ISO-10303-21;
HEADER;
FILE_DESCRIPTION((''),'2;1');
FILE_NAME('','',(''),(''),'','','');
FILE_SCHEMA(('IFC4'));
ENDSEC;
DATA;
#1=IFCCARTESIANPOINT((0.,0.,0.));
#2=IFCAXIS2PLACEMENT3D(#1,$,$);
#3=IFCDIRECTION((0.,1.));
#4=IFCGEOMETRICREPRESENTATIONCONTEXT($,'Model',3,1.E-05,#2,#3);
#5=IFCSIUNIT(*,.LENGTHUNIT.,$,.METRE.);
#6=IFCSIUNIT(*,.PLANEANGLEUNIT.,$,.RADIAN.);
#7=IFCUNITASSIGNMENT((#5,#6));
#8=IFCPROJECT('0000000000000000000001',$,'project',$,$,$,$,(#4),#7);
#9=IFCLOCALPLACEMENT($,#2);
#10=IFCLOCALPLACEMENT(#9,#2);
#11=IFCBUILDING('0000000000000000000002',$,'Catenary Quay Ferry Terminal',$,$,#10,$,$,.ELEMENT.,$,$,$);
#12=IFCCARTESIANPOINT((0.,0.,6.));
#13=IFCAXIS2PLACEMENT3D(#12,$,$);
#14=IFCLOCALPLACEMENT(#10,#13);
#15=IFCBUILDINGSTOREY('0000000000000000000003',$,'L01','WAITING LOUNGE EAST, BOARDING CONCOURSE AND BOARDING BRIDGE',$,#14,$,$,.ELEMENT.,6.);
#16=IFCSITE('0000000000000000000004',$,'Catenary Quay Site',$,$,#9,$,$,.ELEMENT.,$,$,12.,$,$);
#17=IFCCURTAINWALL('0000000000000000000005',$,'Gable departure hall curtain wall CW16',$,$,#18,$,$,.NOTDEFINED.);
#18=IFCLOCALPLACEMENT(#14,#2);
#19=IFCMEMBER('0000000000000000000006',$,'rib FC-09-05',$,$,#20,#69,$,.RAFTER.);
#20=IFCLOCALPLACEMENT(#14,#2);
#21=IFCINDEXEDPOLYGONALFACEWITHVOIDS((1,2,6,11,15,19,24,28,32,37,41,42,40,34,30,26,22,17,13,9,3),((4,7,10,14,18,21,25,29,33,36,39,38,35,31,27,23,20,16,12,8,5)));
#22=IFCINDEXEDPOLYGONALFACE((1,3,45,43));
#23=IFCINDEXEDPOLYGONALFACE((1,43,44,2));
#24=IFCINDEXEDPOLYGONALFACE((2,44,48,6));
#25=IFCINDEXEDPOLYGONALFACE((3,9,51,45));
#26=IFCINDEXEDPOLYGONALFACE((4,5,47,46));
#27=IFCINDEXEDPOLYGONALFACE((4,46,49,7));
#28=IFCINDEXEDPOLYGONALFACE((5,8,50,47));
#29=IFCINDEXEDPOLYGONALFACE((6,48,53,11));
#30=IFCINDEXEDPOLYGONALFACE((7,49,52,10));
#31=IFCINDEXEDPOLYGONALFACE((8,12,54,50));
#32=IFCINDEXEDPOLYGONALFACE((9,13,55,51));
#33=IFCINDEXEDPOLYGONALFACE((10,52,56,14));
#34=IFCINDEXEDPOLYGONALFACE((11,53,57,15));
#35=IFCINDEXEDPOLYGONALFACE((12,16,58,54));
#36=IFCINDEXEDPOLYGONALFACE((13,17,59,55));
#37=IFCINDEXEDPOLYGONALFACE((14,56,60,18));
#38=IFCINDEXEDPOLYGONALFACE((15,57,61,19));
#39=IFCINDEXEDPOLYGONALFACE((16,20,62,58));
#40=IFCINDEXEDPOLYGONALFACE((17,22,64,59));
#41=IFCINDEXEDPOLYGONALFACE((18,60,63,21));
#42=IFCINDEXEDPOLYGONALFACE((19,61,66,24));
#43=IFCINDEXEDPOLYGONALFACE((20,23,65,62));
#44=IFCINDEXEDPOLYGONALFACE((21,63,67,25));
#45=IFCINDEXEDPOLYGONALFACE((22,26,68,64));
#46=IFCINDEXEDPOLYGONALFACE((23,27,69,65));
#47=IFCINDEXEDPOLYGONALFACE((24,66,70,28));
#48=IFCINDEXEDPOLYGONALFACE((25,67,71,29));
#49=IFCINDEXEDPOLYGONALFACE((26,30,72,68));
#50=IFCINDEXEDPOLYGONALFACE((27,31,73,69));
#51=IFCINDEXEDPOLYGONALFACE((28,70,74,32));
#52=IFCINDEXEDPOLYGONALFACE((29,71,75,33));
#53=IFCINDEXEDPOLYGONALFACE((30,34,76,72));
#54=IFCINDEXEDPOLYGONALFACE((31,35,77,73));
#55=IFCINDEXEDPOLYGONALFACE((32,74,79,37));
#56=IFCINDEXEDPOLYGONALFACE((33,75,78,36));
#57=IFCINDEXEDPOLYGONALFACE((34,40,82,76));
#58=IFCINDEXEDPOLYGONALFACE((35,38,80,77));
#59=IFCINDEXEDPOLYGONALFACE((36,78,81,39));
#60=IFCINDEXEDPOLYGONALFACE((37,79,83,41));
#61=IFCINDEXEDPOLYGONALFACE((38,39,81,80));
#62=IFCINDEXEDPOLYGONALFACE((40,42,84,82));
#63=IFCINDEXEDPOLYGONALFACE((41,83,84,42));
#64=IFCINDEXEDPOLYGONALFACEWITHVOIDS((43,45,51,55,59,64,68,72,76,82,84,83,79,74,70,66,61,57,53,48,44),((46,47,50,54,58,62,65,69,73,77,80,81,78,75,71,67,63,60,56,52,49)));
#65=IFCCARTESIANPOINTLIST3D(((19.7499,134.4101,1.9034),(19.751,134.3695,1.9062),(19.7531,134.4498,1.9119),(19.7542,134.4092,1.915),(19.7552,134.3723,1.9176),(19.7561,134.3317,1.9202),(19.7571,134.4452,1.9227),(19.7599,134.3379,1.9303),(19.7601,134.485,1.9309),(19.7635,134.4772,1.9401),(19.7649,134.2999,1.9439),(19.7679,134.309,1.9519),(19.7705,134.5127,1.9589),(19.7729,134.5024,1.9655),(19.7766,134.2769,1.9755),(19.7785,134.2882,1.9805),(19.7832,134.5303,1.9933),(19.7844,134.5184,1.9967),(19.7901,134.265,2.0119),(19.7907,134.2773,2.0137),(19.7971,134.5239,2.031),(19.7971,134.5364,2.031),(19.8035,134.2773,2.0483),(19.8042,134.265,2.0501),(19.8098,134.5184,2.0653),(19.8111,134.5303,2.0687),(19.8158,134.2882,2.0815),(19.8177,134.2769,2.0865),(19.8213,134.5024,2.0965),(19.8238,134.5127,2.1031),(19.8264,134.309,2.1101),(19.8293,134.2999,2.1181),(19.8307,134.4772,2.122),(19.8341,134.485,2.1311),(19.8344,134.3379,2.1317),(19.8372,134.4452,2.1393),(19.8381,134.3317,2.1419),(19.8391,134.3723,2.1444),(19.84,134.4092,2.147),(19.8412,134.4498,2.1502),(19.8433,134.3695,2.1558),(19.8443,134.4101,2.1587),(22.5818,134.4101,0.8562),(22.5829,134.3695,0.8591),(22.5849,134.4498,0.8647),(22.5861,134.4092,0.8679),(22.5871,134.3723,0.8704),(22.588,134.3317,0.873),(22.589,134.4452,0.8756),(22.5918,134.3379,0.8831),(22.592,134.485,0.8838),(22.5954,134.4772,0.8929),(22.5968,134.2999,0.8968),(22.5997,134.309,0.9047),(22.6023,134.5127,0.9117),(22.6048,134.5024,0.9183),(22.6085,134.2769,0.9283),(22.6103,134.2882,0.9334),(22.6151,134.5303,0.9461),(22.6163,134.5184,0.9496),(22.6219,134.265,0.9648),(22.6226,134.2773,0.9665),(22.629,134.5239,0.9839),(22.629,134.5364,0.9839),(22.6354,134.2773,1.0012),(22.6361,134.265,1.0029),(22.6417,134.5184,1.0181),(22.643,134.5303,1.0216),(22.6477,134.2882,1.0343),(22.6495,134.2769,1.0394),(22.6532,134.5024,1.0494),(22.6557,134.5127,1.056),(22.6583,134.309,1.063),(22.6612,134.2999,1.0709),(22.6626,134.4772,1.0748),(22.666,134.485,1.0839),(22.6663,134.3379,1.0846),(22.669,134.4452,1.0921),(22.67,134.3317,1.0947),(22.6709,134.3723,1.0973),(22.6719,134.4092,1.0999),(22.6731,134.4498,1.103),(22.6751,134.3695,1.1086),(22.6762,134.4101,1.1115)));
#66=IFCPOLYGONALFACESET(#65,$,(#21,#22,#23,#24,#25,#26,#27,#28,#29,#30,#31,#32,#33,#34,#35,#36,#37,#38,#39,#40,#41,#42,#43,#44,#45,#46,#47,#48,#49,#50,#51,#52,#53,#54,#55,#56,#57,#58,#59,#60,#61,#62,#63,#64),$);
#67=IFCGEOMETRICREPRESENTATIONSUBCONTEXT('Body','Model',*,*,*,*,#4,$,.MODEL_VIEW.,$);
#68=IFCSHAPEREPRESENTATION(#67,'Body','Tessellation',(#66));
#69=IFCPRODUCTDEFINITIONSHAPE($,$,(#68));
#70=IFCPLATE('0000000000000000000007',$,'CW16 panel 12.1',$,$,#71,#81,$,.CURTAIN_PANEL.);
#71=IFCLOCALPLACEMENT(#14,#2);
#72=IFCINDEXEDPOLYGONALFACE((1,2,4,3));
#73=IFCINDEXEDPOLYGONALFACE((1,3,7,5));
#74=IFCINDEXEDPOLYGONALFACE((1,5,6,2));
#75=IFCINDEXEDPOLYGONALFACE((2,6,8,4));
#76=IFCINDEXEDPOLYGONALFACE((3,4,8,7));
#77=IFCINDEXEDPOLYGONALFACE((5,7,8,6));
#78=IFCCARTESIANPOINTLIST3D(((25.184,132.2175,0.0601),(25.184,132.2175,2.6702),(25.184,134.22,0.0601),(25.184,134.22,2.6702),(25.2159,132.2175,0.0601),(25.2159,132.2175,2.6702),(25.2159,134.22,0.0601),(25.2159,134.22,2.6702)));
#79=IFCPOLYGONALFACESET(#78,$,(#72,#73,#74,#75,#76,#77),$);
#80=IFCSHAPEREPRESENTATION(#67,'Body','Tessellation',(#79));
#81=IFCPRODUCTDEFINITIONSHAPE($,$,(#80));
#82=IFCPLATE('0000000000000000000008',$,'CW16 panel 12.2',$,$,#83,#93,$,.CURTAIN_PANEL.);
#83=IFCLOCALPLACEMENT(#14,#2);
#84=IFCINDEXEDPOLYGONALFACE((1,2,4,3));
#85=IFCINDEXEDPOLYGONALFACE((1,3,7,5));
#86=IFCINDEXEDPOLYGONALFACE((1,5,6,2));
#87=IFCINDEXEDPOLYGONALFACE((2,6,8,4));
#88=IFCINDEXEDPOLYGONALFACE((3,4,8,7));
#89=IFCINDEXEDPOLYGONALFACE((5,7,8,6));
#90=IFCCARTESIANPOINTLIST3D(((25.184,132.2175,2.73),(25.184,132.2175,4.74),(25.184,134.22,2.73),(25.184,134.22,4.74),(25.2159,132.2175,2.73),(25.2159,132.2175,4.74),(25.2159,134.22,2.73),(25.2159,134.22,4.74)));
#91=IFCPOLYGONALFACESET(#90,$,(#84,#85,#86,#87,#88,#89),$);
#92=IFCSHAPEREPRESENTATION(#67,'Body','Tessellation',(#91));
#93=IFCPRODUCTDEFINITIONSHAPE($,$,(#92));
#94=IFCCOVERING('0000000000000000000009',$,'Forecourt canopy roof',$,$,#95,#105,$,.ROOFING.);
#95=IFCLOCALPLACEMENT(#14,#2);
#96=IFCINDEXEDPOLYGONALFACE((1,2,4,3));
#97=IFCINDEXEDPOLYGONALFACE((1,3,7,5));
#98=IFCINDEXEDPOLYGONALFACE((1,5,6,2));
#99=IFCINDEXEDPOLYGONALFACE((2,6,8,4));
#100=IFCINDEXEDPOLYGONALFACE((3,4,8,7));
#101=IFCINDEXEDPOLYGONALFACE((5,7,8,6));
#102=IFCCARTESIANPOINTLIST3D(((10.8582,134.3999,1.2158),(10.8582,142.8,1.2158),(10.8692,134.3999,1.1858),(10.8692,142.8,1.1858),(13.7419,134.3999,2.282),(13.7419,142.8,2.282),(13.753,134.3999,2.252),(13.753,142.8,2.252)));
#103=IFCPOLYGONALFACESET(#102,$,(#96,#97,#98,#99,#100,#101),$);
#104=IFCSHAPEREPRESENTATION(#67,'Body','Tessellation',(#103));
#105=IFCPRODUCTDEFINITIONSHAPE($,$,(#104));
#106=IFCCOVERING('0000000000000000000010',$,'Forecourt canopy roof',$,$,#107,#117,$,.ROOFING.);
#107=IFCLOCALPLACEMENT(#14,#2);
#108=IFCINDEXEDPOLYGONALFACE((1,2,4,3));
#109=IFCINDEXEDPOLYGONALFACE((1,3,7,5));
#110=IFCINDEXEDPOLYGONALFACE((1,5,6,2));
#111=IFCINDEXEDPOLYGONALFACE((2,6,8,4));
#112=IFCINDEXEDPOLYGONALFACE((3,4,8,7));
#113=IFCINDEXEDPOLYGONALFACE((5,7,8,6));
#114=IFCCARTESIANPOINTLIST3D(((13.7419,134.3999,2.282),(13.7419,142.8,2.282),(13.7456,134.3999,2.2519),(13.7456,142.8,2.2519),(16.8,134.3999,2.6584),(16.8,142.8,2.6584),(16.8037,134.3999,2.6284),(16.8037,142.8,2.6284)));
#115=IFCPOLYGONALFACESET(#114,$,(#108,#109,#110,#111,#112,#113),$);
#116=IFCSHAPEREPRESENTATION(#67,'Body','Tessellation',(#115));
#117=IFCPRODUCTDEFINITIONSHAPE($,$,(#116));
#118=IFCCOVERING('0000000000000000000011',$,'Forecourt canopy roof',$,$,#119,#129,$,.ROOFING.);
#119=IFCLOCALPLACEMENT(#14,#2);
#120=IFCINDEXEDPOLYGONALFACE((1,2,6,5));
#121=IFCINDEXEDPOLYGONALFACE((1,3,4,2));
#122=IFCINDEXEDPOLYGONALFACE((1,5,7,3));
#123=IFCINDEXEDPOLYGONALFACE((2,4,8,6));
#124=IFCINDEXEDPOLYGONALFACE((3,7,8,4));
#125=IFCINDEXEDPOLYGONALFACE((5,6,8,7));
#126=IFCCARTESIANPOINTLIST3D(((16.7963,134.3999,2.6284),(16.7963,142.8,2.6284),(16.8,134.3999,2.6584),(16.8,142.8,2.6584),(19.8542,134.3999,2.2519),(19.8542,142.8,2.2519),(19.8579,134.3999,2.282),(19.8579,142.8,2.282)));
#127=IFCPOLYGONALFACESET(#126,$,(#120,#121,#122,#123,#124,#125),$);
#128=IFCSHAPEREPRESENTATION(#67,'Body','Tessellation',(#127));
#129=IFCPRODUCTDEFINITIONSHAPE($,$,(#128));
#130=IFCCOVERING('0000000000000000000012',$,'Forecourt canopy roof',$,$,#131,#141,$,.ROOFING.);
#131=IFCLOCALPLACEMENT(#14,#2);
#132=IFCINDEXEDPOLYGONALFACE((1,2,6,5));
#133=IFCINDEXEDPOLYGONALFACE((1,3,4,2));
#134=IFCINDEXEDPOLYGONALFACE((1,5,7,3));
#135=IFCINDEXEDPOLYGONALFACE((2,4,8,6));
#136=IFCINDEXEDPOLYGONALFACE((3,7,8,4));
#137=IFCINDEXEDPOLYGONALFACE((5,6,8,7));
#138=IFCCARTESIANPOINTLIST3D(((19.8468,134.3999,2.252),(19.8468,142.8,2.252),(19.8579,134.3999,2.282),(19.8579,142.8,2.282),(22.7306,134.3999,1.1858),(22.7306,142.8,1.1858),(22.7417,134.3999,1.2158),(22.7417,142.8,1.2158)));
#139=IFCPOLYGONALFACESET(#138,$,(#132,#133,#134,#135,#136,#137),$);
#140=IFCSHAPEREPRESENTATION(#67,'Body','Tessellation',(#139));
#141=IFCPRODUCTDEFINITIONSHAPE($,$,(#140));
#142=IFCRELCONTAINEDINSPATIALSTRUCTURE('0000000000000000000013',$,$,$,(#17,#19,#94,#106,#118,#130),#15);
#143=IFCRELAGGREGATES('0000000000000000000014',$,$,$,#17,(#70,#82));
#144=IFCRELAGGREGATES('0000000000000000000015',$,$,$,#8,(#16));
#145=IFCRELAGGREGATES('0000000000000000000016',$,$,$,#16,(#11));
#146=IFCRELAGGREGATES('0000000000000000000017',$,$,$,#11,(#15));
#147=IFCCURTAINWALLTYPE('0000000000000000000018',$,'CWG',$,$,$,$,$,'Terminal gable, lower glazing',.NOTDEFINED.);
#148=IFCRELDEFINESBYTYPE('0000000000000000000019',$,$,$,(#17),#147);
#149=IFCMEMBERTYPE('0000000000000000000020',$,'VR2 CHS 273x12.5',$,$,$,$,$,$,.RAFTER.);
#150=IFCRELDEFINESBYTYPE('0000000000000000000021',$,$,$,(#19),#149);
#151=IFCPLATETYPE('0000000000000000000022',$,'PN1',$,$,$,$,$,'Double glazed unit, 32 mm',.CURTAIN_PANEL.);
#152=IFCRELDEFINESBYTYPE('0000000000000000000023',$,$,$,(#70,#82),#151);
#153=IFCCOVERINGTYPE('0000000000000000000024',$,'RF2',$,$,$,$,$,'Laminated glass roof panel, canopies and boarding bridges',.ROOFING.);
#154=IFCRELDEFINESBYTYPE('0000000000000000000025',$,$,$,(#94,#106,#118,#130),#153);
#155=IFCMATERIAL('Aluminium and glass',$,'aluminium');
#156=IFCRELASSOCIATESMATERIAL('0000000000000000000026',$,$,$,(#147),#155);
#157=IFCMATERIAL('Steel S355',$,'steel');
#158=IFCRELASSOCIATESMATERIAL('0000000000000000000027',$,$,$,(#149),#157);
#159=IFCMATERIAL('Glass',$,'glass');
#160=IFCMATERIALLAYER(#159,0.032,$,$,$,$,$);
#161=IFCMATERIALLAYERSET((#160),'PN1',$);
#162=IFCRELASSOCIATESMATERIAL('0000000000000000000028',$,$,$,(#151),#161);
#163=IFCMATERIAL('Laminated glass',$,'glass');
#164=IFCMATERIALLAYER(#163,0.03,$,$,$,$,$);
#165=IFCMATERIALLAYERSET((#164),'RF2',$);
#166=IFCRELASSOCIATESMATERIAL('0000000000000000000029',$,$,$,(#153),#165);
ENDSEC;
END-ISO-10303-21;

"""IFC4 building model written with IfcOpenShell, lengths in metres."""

from ifc_helpers import new_model, si_unit, direction, frame, origin, origin_2d, place, context, subcontext, project, spatial, polyline, rectangle, hollow_circle, outline, extrude, material, layer, layer_set, material_profile, profile_set, type_object, element, aggregate, save


model = new_model("IFC4")

# Units and contexts
model_context = context("Model", 3, precision=1e-05, world=origin(), true_north=direction((0.0, 1.0)))
body_context = subcontext(model_context, "Body", "Model", "MODEL_VIEW")
ifc_project = project(units=[si_unit("LENGTHUNIT", "METRE"), si_unit("PLANEANGLEUNIT", "RADIAN")], contexts=[model_context])

# Site, building, storey
site_placement = place(None, origin())
site = spatial("IfcSite", under=ifc_project, at=site_placement, Name="Catenary Quay Site", CompositionType="ELEMENT", RefElevation=12.0)
building_placement = place(site_placement, origin())
building = spatial("IfcBuilding", under=site, at=building_placement, Name="Catenary Quay Ferry Terminal", CompositionType="ELEMENT")
storey_placement = place(building_placement, frame((0.0, 0.0, 6.0)))
storey = spatial("IfcBuildingStorey", under=building, at=storey_placement, Name="L01", Description="WAITING LOUNGE EAST, BOARDING CONCOURSE AND BOARDING BRIDGE", CompositionType="ELEMENT", Elevation=6.0)

# Curtain wall
ifc_material_1 = material(Name="Aluminium and glass", Category="aluminium")
curtain_wall_type = type_object("IfcCurtainWallType", Name="CWG", ElementType="Terminal gable, lower glazing", PredefinedType="NOTDEFINED", material=ifc_material_1)
curtain_wall_placement = place(storey_placement, origin())
curtain_wall = element("IfcCurtainWall", 1, at=curtain_wall_placement, inside=storey, type_object=curtain_wall_type, Name="Gable departure hall curtain wall CW16", PredefinedType="NOTDEFINED")

# Member
ifc_material_2 = material(Name="Steel S355", Category="steel")
ifc_material_profile_1 = material_profile(ifc_material_2, hollow_circle(Radius=0.1365, WallThickness=0.0125, at=origin_2d()), Name="CHS 273x12.5")
ifc_profile_set_1 = profile_set([ifc_material_profile_1], Name="Steel S355")
member_type_1 = type_object("IfcMemberType", Name="VR2 CHS 273x12.5", PredefinedType="RAFTER", material=ifc_profile_set_1)
member_1_placement = place(storey_placement, frame((19.7971, 134.3999, 2.031), z_axis=(0.937931, 0.0, -0.346822), x_axis=(0.0, 1.0, 0.0)))
element("IfcMember", 2, at=member_1_placement, inside=storey, type_object=member_type_1, Name="rib FC-09-05", PredefinedType="RAFTER", context=body_context, shape_type="SweptSolid", body=[
    extrude(hollow_circle(Radius=0.1365, WallThickness=0.0125, at=origin_2d()), origin(), (0.0, 0.0, 1.0), 3.0193),
])

# Plates
ifc_material_3 = material(Name="Glass", Category="glass")
ifc_layer_1 = layer(ifc_material_3, 0.032)
ifc_layer_set_1 = layer_set([ifc_layer_1], Name="PN1")
plate_type = type_object("IfcPlateType", Name="PN1", ElementType="Double glazed unit, 32 mm", PredefinedType="CURTAIN_PANEL", material=ifc_layer_set_1)
plate_1_placement = place(storey_placement, frame((25.2, 133.2188, 0.0601), z_axis=(0.0, 0.0, 1.0), x_axis=(0.0, 1.0, 0.0)))
plate_1 = element("IfcPlate", 3, at=plate_1_placement, type_object=plate_type, Name="CW16 panel 12.1", PredefinedType="CURTAIN_PANEL", context=body_context, shape_type="SweptSolid", body=[
    extrude(rectangle(XDim=2.0024, YDim=0.032, at=origin_2d()), origin(), (0.0, 0.0, 1.0), 2.6101),
])
plate_2_placement = place(storey_placement, frame((25.2, 133.2188, 2.73), z_axis=(0.0, 0.0, 1.0), x_axis=(0.0, 1.0, 0.0)))
plate_2 = element("IfcPlate", 4, at=plate_2_placement, type_object=plate_type, Name="CW16 panel 12.2", PredefinedType="CURTAIN_PANEL", context=body_context, shape_type="SweptSolid", body=[
    extrude(rectangle(XDim=2.0024, YDim=0.032, at=origin_2d()), origin(), (0.0, 0.0, 1.0), 2.01),
])
aggregate(curtain_wall, [plate_1, plate_2])

# Coverings
ifc_material_4 = material(Name="Laminated glass", Category="glass")
ifc_layer_2 = layer(ifc_material_4, 0.03)
ifc_layer_set_2 = layer_set([ifc_layer_2], Name="RF2")
covering_type = type_object("IfcCoveringType", Name="RF2", ElementType="Laminated glass roof panel, canopies and boarding bridges", PredefinedType="ROOFING", material=ifc_layer_set_2)
covering_1_placement = place(storey_placement, frame((10.8582, 134.3999, 1.2158), z_axis=(-0.346769, 0.0, 0.937951), x_axis=(0.0, 1.0, 0.0)))
element("IfcCovering", 5, at=covering_1_placement, inside=storey, type_object=covering_type, Name="Forecourt canopy roof", PredefinedType="ROOFING", context=body_context, shape_type="SweptSolid", body=[
    extrude(outline(polyline([(0.0, 0.0), (8.4001, 0.0), (8.4001, -3.0746), (0.0, -3.0746), (0.0, 0.0)])), origin(), (0.0, 0.0, -1.0), 0.032),
])
covering_2_placement = place(storey_placement, frame((13.7419, 134.3999, 2.282), z_axis=(-0.122182, 0.0, 0.992508), x_axis=(0.0, 1.0, 0.0)))
element("IfcCovering", 6, at=covering_2_placement, inside=storey, type_object=covering_type, Name="Forecourt canopy roof", PredefinedType="ROOFING", context=body_context, shape_type="SweptSolid", body=[
    extrude(outline(polyline([(0.0, 0.0), (8.4001, 0.0), (8.4001, -3.0812), (0.0, -3.0812), (0.0, 0.0)])), origin(), (0.0, 0.0, -1.0), 0.0303),
])
covering_3_placement = place(storey_placement, frame((16.8, 134.3999, 2.6584), z_axis=(0.122191, 0.0, 0.992507), x_axis=(0.0, 1.0, 0.0)))
element("IfcCovering", 7, at=covering_3_placement, inside=storey, type_object=covering_type, Name="Forecourt canopy roof", PredefinedType="ROOFING", context=body_context, shape_type="SweptSolid", body=[
    extrude(outline(polyline([(0.0, 0.0), (8.4001, 0.0), (8.4001, -3.0809), (0.0, -3.0809), (0.0, 0.0)])), origin(), (0.0, 0.0, -1.0), 0.0303),
])
covering_4_placement = place(storey_placement, frame((19.8579, 134.3999, 2.282), z_axis=(0.346769, 0.0, 0.937951), x_axis=(0.0, 1.0, 0.0)))
element("IfcCovering", 8, at=covering_4_placement, inside=storey, type_object=covering_type, Name="Forecourt canopy roof", PredefinedType="ROOFING", context=body_context, shape_type="SweptSolid", body=[
    extrude(outline(polyline([(0.0, 0.0), (8.4001, 0.0), (8.4001, -3.0746), (0.0, -3.0746), (0.0, 0.0)])), origin(), (0.0, 0.0, -1.0), 0.032),
])

save(model, "model.ifc")
